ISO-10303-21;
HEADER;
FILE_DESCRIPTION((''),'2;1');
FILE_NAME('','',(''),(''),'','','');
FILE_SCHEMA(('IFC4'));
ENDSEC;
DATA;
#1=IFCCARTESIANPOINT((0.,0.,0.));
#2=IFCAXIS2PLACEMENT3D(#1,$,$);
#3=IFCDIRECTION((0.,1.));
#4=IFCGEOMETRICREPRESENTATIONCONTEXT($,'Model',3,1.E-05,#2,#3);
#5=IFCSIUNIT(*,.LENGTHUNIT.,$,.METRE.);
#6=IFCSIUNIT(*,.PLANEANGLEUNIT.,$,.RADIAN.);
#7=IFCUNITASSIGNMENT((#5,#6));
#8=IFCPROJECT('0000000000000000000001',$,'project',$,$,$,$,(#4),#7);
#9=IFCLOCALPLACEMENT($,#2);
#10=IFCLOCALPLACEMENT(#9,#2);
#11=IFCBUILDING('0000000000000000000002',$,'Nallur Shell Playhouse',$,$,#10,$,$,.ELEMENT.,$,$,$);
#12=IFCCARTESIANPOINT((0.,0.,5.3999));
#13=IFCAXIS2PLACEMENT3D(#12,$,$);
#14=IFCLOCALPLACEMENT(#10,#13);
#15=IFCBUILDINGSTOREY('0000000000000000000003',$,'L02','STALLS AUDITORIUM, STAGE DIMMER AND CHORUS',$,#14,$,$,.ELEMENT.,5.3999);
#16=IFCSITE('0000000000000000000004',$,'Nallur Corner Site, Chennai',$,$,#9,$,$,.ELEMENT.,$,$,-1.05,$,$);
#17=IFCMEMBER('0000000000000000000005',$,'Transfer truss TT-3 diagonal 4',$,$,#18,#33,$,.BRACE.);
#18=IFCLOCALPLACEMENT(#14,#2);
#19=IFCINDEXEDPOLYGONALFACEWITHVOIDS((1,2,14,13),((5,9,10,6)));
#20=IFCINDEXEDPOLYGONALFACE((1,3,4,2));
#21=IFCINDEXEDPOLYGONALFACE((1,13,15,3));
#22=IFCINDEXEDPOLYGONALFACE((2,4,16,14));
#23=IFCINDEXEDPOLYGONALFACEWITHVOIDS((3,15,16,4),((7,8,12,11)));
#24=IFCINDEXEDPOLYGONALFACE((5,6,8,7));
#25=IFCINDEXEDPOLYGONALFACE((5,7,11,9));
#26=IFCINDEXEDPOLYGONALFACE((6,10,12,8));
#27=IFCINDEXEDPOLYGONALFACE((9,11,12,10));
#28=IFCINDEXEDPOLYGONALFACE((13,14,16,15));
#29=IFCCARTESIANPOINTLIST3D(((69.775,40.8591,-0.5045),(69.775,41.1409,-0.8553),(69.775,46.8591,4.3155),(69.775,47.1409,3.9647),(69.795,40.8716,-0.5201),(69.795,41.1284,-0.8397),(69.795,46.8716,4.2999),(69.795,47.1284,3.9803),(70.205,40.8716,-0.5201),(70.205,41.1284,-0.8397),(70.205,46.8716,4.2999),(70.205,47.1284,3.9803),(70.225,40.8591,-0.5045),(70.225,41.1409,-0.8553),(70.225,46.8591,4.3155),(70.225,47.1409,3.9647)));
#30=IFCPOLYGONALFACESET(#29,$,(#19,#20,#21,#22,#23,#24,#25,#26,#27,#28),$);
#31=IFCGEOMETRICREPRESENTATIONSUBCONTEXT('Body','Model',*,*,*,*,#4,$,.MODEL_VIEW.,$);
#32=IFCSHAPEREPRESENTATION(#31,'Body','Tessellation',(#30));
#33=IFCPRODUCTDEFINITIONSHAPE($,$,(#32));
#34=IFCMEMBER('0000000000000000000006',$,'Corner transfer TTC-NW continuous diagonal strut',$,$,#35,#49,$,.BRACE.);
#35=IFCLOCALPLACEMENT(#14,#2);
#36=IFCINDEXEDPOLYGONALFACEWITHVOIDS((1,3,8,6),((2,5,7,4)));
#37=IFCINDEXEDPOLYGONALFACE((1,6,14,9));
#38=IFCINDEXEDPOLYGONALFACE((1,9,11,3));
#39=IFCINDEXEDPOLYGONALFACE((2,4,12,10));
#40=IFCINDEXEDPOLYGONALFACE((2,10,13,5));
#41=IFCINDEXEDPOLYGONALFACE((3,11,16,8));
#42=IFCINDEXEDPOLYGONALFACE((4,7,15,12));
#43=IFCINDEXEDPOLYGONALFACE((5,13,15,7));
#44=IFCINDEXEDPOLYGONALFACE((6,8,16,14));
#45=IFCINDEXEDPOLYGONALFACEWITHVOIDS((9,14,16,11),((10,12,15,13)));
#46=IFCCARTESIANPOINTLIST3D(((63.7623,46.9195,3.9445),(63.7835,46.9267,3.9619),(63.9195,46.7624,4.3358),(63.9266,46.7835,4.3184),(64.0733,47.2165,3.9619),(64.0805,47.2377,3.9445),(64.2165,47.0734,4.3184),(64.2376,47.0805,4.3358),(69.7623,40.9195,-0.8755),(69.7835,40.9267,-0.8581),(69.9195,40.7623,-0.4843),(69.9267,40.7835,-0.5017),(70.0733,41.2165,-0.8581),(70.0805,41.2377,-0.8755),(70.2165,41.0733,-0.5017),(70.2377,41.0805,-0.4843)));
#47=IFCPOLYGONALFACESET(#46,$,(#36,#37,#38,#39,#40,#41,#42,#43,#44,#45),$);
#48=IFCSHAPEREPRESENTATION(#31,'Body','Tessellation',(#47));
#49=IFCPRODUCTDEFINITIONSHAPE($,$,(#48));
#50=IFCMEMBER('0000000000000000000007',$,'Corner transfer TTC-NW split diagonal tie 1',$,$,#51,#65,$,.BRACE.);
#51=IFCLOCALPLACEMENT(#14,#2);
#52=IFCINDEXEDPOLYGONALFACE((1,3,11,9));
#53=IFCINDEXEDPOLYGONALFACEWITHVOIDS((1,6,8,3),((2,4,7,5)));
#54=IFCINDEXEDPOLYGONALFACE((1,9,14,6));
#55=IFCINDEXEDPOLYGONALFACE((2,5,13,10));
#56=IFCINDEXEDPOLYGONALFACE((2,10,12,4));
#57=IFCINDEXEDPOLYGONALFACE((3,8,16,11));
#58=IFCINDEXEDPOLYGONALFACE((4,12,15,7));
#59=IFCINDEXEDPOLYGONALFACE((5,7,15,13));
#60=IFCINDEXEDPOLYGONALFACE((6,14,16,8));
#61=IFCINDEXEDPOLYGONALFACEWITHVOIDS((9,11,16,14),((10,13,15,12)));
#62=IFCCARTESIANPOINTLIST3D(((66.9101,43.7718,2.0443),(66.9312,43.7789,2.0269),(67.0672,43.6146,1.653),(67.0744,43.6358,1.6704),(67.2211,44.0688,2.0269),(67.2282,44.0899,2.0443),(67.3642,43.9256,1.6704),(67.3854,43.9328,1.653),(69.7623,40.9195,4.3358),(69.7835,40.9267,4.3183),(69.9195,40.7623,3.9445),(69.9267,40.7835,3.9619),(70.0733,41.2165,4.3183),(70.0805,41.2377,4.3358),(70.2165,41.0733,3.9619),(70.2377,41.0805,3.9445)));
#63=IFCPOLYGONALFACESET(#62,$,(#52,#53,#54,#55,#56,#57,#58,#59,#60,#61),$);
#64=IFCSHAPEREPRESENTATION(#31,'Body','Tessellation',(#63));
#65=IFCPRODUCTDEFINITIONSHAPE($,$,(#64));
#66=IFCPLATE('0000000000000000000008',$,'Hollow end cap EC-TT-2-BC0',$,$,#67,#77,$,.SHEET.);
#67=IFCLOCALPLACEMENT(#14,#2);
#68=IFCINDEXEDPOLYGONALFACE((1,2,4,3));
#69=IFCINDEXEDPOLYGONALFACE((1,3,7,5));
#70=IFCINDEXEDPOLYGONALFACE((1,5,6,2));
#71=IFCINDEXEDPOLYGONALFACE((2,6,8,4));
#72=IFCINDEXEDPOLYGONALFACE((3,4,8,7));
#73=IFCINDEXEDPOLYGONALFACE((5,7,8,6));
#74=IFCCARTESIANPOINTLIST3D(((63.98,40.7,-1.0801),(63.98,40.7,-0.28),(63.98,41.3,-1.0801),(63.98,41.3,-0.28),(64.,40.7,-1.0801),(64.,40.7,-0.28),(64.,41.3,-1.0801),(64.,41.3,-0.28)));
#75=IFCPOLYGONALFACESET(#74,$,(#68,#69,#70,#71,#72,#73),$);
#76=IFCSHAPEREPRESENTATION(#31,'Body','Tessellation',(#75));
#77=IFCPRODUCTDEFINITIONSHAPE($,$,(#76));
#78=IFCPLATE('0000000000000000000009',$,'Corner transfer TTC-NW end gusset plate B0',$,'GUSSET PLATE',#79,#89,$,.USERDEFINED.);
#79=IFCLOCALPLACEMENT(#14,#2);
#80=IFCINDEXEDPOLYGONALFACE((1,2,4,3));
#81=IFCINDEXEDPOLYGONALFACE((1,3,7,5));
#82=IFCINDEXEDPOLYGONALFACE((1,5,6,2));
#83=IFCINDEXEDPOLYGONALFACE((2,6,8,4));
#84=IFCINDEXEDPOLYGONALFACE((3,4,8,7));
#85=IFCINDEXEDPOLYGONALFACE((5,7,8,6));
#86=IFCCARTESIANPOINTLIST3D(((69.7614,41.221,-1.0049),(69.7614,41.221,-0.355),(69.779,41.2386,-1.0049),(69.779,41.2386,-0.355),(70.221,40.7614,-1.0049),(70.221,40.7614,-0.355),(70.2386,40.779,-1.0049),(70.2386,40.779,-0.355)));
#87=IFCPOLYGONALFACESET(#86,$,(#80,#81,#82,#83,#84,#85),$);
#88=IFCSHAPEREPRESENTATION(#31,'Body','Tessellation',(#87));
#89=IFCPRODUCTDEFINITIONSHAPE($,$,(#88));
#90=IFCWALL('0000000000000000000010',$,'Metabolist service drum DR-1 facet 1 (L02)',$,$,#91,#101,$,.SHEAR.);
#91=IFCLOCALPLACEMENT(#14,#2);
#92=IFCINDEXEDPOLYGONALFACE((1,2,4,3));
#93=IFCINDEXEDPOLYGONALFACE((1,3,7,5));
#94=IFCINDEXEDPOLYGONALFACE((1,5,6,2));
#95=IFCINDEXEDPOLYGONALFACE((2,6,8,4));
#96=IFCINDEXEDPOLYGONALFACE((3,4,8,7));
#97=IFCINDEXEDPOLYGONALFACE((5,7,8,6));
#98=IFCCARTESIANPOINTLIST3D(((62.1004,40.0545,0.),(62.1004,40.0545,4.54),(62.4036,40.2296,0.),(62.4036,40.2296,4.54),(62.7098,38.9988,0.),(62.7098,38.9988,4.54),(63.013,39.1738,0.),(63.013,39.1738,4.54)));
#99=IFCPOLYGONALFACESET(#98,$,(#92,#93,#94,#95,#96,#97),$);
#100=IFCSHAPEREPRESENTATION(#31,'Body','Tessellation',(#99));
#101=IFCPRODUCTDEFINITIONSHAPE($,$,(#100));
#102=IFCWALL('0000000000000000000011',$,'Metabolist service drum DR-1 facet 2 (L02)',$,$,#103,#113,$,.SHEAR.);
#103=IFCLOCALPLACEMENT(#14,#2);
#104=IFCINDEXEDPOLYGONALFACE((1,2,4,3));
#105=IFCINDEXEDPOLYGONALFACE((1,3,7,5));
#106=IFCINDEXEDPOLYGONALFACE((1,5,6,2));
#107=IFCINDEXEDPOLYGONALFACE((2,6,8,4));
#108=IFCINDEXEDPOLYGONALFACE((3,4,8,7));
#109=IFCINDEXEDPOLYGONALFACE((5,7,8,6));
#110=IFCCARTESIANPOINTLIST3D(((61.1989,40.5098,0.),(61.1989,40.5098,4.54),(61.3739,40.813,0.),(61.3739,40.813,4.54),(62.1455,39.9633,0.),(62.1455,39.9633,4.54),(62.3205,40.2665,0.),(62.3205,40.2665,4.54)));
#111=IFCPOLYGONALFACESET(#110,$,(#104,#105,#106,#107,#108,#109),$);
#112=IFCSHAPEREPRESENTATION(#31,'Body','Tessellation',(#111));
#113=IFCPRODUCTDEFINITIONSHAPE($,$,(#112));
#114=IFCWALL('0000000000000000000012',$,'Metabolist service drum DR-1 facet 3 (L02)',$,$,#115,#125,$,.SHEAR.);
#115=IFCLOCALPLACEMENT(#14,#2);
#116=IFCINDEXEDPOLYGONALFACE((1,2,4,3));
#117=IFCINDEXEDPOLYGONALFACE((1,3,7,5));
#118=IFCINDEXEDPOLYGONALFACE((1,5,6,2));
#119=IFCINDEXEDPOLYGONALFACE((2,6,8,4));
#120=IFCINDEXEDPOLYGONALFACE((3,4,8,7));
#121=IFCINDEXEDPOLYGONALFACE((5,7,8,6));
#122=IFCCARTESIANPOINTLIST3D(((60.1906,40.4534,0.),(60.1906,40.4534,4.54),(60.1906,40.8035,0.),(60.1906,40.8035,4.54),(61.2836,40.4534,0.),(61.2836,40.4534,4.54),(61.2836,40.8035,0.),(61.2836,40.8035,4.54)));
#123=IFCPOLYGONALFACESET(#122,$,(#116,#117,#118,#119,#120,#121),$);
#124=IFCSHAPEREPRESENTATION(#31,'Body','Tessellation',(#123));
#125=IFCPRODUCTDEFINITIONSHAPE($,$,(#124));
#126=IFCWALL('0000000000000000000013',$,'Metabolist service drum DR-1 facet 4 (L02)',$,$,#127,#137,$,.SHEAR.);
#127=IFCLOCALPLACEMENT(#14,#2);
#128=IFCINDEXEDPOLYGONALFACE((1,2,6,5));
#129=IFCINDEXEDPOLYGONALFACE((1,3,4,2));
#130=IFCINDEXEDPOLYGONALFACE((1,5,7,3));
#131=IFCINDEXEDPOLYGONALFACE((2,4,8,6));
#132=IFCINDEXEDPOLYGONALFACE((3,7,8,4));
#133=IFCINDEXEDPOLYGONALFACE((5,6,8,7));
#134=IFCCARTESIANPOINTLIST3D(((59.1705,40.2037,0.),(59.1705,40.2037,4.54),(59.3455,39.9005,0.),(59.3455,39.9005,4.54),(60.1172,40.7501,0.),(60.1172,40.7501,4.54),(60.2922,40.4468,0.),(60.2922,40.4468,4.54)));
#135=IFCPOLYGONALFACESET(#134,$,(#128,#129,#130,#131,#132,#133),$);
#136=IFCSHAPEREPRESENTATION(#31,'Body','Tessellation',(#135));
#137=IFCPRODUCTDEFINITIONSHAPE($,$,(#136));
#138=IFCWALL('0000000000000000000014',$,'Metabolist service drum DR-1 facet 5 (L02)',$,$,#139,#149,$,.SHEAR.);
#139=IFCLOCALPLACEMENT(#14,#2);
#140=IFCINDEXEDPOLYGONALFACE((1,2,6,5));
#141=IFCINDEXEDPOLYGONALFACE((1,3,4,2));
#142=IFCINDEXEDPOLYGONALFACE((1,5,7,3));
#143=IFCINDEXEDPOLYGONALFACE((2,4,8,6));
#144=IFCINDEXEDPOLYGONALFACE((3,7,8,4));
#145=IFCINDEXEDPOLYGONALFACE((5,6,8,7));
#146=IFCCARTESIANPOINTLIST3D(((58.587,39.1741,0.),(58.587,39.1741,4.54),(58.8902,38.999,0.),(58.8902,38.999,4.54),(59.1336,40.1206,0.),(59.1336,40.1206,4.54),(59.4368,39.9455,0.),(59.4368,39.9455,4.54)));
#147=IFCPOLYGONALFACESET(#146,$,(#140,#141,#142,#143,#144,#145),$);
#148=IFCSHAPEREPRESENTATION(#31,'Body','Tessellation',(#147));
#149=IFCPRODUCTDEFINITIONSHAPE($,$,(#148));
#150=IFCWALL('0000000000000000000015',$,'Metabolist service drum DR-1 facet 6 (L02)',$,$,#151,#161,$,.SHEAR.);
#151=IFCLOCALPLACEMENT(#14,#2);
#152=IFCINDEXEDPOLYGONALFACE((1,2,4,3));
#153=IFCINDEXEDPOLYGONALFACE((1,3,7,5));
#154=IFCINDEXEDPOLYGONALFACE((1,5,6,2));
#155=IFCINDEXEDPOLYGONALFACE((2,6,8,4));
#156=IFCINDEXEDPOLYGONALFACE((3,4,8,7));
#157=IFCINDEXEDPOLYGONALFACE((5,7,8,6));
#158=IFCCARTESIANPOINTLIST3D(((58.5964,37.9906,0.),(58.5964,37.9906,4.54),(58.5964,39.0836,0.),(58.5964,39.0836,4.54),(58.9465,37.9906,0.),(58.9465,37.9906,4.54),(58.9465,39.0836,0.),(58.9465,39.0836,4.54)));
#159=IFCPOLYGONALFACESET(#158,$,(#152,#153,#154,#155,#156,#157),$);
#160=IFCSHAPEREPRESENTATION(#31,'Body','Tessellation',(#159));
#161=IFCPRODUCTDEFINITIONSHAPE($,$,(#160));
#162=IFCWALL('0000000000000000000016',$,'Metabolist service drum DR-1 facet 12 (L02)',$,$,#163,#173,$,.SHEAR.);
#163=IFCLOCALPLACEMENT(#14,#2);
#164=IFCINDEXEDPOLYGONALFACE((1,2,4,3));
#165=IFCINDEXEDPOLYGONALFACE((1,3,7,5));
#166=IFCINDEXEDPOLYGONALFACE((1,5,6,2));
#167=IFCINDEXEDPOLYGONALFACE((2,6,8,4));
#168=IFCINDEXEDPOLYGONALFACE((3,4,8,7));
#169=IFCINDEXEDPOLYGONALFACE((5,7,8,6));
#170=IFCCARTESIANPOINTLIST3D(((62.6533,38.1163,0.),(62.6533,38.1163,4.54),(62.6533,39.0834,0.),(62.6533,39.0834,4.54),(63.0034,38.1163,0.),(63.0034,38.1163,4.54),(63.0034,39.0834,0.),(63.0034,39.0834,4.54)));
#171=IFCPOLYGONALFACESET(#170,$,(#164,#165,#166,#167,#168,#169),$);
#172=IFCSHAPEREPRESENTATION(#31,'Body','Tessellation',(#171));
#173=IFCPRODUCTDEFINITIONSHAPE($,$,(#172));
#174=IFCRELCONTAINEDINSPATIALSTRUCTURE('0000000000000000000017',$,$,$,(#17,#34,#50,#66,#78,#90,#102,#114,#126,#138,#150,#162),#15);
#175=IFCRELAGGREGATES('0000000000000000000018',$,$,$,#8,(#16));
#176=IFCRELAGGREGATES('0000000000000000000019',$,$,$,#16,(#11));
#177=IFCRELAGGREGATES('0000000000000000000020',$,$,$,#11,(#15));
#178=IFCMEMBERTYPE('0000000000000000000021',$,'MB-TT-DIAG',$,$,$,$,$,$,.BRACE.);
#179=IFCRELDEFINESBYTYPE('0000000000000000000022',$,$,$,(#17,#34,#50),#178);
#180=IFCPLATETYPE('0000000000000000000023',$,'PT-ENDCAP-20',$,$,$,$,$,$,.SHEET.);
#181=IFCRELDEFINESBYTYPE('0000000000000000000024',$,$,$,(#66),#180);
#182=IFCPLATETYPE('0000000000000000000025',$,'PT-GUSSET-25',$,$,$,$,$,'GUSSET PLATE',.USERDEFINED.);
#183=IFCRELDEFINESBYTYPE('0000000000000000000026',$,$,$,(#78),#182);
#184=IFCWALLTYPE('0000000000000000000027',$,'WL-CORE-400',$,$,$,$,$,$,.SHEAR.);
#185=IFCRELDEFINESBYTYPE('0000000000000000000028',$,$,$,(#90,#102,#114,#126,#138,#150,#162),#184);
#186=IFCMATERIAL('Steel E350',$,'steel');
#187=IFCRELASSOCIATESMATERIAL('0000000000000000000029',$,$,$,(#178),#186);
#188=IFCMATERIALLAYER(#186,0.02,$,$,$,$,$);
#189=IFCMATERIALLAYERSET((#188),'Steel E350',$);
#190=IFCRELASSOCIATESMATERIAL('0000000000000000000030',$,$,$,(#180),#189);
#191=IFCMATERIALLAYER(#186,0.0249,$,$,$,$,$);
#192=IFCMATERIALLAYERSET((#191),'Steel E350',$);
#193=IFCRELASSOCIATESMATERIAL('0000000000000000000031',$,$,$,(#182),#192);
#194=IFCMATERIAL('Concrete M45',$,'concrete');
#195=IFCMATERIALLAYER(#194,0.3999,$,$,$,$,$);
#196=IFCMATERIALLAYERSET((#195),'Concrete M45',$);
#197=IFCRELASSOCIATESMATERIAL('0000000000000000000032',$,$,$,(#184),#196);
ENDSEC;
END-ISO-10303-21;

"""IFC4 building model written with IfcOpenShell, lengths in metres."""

from ifc_helpers import new_model, si_unit, direction, frame, frame_2d, origin, origin_2d, place, context, subcontext, project, spatial, rectangle, hollow_rectangle, extrude, material, layer, layer_set, material_profile, profile_set, type_object, element, save


model = new_model("IFC4")

# Units and contexts
model_context = context("Model", 3, precision=1e-05, world=origin(), true_north=direction((0.0, 1.0)))
body_context = subcontext(model_context, "Body", "Model", "MODEL_VIEW")
ifc_project = project(units=[si_unit("LENGTHUNIT", "METRE"), si_unit("PLANEANGLEUNIT", "RADIAN")], contexts=[model_context])

# Site, building, storey
site_placement = place(None, origin())
site = spatial("IfcSite", under=ifc_project, at=site_placement, Name="Nallur Corner Site, Chennai", CompositionType="ELEMENT", RefElevation=-1.05)
building_placement = place(site_placement, origin())
building = spatial("IfcBuilding", under=site, at=building_placement, Name="Nallur Shell Playhouse", CompositionType="ELEMENT")
storey_placement = place(building_placement, frame((0.0, 0.0, 5.3999)))
storey = spatial("IfcBuildingStorey", under=building, at=storey_placement, Name="L02", Description="STALLS AUDITORIUM, STAGE DIMMER AND CHORUS", CompositionType="ELEMENT", Elevation=5.3999)

# Shared definitions
ifc_material_1 = material(Name="Concrete M45", Category="concrete")

# Shared definitions
ifc_material_2 = material(Name="Steel E350", Category="steel")

# Members
ifc_material_profile_1 = material_profile(ifc_material_2, hollow_rectangle(XDim=0.45, YDim=0.45, WallThickness=0.02, at=origin_2d()), Name="BOX 450x450x20")
ifc_profile_set_1 = profile_set([ifc_material_profile_1], Name="Steel E350")
member_type_1 = type_object("IfcMemberType", Name="MB-TT-DIAG", PredefinedType="BRACE", material=ifc_profile_set_1)
member_1_placement = place(storey_placement, frame((70.0, 41.0, -0.6799), z_axis=(0.0, 0.779595, 0.626284), x_axis=(-1.0, 0.0, 0.0)))
element("IfcMember", 1, at=member_1_placement, inside=storey, type_object=member_type_1, Name="Transfer truss TT-3 diagonal 4", PredefinedType="BRACE", context=body_context, shape_type="SweptSolid", body=[
    extrude(hollow_rectangle(XDim=0.45, YDim=0.45, WallThickness=0.02, at=origin_2d()), origin(), (0.0, 0.0, 1.0), 7.6963),
])
member_2_placement = place(storey_placement, frame((70.0, 41.0, -0.6799), z_axis=(-0.614833, 0.614833, 0.493923), x_axis=(-0.707107, -0.707107, 0.0)))
element("IfcMember", 2, at=member_2_placement, inside=storey, type_object=member_type_1, Name="Corner transfer TTC-NW continuous diagonal strut", PredefinedType="BRACE", context=body_context, shape_type="SweptSolid", body=[
    extrude(hollow_rectangle(XDim=0.45, YDim=0.45, WallThickness=0.02, at=origin_2d()), origin(), (0.0, 0.0, 1.0), 9.7588),
])
member_3_placement = place(storey_placement, frame((70.0, 41.0, 4.1401), z_axis=(-0.614825, 0.614825, -0.493944), x_axis=(-0.707107, -0.707107, 0.0)))
element("IfcMember", 3, at=member_3_placement, inside=storey, type_object=member_type_1, Name="Corner transfer TTC-NW split diagonal tie 1", PredefinedType="BRACE", context=body_context, shape_type="SweptSolid", body=[
    extrude(hollow_rectangle(XDim=0.45, YDim=0.45, WallThickness=0.02, at=origin_2d()), origin(), (0.0, 0.0, 1.0), 4.6392),
])

# Plates
ifc_layer_1 = layer(ifc_material_2, 0.02)
ifc_layer_set_1 = layer_set([ifc_layer_1], Name="Steel E350")
plate_type_1 = type_object("IfcPlateType", Name="PT-ENDCAP-20", PredefinedType="SHEET", material=ifc_layer_set_1)
plate_1_placement = place(storey_placement, frame((63.99, 41.0, -1.0801), z_axis=(0.0, 0.0, 1.0), x_axis=(1.0, 0.0, 0.0)))
element("IfcPlate", 4, at=plate_1_placement, inside=storey, type_object=plate_type_1, Name="Hollow end cap EC-TT-2-BC0", PredefinedType="SHEET", context=body_context, shape_type="SweptSolid", body=[
    extrude(rectangle(XDim=0.02, YDim=0.6001, at=origin_2d()), origin(), (0.0, 0.0, 1.0), 0.8),
])
ifc_layer_2 = layer(ifc_material_2, 0.0249)
ifc_layer_set_2 = layer_set([ifc_layer_2], Name="Steel E350")
plate_type_2 = type_object("IfcPlateType", Name="PT-GUSSET-25", ElementType="GUSSET PLATE", PredefinedType="USERDEFINED", material=ifc_layer_set_2)
plate_2_placement = place(storey_placement, frame((70.0, 41.0, -1.0049), z_axis=(0.0, 0.0, 1.0), x_axis=(-0.707107, 0.707107, 0.0)))
element("IfcPlate", 5, at=plate_2_placement, inside=storey, type_object=plate_type_2, Name="Corner transfer TTC-NW end gusset plate B0", ObjectType="GUSSET PLATE", PredefinedType="USERDEFINED", context=body_context, shape_type="SweptSolid", body=[
    extrude(rectangle(XDim=0.6499, YDim=0.0249, at=origin_2d()), origin(), (0.0, 0.0, 1.0), 0.6499),
])

# Walls
ifc_layer_3 = layer(ifc_material_1, 0.3999)
ifc_layer_set_3 = layer_set([ifc_layer_3], Name="Concrete M45")
wall_type_1 = type_object("IfcWallType", Name="WL-CORE-400", PredefinedType="SHEAR", material=ifc_layer_set_3)
wall_1_placement = place(storey_placement, frame((62.8613, 39.0864, 0.0), z_axis=(0.0, 0.0, 1.0), x_axis=(-0.499931, 0.866066, 0.0)))
element("IfcWall", 6, at=wall_1_placement, inside=storey, type_object=wall_type_1, Name="Metabolist service drum DR-1 facet 1 (L02)", PredefinedType="SHEAR", context=body_context, shape_type="SweptSolid", body=[
    extrude(rectangle(XDim=1.219, YDim=0.3501, at=frame_2d((0.6094, 0.0))), origin(), (0.0, 0.0, 1.0), 4.54),
])
for number, where, z_axis, x_axis, name in (
    (7, (62.2329, 40.115, 0.0), (0.0, 0.0, 1.0), (-0.866063, 0.499935, 0.0), "Metabolist service drum DR-1 facet 2 (L02)"),
    (8, (61.2834, 40.6284, 0.0), (0.0, 0.0, 1.0), (-1.0, 0.0, 0.0), "Metabolist service drum DR-1 facet 3 (L02)"),
    (9, (60.2046, 40.5984, 0.0), (0.0, 0.0, 1.0), (-0.866119, -0.499838, 0.0), "Metabolist service drum DR-1 facet 4 (L02)"),
    (10, (59.2852, 40.033, 0.0), (0.0, 0.0, 1.0), (-0.500103, -0.865966, 0.0), "Metabolist service drum DR-1 facet 5 (L02)"),
    (11, (58.7715, 39.0835, 0.0), (0.0, 0.0, 1.0), (0.0, -1.0, 0.0), "Metabolist service drum DR-1 facet 6 (L02)"),
):
    element("IfcWall", number, at=place(storey_placement, frame(where, z_axis=z_axis, x_axis=x_axis)), inside=storey, type_object=wall_type_1, Name=name, PredefinedType="SHEAR", context=body_context, shape_type="SweptSolid", body=[
        extrude(rectangle(XDim=1.093, YDim=0.3501, at=frame_2d((0.5464, 0.0))), origin(), (0.0, 0.0, 1.0), 4.54),
    ])
wall_2_placement = place(storey_placement, frame((62.8284, 38.1165, 0.0), z_axis=(0.0, 0.0, 1.0), x_axis=(0.0, 1.0, 0.0)))
element("IfcWall", 12, at=wall_2_placement, inside=storey, type_object=wall_type_1, Name="Metabolist service drum DR-1 facet 12 (L02)", PredefinedType="SHEAR", context=body_context, shape_type="SweptSolid", body=[
    extrude(rectangle(XDim=0.967, YDim=0.3501, at=frame_2d((0.4834, 0.0))), origin(), (0.0, 0.0, 1.0), 4.54),
])

save(model, "model.ifc")
